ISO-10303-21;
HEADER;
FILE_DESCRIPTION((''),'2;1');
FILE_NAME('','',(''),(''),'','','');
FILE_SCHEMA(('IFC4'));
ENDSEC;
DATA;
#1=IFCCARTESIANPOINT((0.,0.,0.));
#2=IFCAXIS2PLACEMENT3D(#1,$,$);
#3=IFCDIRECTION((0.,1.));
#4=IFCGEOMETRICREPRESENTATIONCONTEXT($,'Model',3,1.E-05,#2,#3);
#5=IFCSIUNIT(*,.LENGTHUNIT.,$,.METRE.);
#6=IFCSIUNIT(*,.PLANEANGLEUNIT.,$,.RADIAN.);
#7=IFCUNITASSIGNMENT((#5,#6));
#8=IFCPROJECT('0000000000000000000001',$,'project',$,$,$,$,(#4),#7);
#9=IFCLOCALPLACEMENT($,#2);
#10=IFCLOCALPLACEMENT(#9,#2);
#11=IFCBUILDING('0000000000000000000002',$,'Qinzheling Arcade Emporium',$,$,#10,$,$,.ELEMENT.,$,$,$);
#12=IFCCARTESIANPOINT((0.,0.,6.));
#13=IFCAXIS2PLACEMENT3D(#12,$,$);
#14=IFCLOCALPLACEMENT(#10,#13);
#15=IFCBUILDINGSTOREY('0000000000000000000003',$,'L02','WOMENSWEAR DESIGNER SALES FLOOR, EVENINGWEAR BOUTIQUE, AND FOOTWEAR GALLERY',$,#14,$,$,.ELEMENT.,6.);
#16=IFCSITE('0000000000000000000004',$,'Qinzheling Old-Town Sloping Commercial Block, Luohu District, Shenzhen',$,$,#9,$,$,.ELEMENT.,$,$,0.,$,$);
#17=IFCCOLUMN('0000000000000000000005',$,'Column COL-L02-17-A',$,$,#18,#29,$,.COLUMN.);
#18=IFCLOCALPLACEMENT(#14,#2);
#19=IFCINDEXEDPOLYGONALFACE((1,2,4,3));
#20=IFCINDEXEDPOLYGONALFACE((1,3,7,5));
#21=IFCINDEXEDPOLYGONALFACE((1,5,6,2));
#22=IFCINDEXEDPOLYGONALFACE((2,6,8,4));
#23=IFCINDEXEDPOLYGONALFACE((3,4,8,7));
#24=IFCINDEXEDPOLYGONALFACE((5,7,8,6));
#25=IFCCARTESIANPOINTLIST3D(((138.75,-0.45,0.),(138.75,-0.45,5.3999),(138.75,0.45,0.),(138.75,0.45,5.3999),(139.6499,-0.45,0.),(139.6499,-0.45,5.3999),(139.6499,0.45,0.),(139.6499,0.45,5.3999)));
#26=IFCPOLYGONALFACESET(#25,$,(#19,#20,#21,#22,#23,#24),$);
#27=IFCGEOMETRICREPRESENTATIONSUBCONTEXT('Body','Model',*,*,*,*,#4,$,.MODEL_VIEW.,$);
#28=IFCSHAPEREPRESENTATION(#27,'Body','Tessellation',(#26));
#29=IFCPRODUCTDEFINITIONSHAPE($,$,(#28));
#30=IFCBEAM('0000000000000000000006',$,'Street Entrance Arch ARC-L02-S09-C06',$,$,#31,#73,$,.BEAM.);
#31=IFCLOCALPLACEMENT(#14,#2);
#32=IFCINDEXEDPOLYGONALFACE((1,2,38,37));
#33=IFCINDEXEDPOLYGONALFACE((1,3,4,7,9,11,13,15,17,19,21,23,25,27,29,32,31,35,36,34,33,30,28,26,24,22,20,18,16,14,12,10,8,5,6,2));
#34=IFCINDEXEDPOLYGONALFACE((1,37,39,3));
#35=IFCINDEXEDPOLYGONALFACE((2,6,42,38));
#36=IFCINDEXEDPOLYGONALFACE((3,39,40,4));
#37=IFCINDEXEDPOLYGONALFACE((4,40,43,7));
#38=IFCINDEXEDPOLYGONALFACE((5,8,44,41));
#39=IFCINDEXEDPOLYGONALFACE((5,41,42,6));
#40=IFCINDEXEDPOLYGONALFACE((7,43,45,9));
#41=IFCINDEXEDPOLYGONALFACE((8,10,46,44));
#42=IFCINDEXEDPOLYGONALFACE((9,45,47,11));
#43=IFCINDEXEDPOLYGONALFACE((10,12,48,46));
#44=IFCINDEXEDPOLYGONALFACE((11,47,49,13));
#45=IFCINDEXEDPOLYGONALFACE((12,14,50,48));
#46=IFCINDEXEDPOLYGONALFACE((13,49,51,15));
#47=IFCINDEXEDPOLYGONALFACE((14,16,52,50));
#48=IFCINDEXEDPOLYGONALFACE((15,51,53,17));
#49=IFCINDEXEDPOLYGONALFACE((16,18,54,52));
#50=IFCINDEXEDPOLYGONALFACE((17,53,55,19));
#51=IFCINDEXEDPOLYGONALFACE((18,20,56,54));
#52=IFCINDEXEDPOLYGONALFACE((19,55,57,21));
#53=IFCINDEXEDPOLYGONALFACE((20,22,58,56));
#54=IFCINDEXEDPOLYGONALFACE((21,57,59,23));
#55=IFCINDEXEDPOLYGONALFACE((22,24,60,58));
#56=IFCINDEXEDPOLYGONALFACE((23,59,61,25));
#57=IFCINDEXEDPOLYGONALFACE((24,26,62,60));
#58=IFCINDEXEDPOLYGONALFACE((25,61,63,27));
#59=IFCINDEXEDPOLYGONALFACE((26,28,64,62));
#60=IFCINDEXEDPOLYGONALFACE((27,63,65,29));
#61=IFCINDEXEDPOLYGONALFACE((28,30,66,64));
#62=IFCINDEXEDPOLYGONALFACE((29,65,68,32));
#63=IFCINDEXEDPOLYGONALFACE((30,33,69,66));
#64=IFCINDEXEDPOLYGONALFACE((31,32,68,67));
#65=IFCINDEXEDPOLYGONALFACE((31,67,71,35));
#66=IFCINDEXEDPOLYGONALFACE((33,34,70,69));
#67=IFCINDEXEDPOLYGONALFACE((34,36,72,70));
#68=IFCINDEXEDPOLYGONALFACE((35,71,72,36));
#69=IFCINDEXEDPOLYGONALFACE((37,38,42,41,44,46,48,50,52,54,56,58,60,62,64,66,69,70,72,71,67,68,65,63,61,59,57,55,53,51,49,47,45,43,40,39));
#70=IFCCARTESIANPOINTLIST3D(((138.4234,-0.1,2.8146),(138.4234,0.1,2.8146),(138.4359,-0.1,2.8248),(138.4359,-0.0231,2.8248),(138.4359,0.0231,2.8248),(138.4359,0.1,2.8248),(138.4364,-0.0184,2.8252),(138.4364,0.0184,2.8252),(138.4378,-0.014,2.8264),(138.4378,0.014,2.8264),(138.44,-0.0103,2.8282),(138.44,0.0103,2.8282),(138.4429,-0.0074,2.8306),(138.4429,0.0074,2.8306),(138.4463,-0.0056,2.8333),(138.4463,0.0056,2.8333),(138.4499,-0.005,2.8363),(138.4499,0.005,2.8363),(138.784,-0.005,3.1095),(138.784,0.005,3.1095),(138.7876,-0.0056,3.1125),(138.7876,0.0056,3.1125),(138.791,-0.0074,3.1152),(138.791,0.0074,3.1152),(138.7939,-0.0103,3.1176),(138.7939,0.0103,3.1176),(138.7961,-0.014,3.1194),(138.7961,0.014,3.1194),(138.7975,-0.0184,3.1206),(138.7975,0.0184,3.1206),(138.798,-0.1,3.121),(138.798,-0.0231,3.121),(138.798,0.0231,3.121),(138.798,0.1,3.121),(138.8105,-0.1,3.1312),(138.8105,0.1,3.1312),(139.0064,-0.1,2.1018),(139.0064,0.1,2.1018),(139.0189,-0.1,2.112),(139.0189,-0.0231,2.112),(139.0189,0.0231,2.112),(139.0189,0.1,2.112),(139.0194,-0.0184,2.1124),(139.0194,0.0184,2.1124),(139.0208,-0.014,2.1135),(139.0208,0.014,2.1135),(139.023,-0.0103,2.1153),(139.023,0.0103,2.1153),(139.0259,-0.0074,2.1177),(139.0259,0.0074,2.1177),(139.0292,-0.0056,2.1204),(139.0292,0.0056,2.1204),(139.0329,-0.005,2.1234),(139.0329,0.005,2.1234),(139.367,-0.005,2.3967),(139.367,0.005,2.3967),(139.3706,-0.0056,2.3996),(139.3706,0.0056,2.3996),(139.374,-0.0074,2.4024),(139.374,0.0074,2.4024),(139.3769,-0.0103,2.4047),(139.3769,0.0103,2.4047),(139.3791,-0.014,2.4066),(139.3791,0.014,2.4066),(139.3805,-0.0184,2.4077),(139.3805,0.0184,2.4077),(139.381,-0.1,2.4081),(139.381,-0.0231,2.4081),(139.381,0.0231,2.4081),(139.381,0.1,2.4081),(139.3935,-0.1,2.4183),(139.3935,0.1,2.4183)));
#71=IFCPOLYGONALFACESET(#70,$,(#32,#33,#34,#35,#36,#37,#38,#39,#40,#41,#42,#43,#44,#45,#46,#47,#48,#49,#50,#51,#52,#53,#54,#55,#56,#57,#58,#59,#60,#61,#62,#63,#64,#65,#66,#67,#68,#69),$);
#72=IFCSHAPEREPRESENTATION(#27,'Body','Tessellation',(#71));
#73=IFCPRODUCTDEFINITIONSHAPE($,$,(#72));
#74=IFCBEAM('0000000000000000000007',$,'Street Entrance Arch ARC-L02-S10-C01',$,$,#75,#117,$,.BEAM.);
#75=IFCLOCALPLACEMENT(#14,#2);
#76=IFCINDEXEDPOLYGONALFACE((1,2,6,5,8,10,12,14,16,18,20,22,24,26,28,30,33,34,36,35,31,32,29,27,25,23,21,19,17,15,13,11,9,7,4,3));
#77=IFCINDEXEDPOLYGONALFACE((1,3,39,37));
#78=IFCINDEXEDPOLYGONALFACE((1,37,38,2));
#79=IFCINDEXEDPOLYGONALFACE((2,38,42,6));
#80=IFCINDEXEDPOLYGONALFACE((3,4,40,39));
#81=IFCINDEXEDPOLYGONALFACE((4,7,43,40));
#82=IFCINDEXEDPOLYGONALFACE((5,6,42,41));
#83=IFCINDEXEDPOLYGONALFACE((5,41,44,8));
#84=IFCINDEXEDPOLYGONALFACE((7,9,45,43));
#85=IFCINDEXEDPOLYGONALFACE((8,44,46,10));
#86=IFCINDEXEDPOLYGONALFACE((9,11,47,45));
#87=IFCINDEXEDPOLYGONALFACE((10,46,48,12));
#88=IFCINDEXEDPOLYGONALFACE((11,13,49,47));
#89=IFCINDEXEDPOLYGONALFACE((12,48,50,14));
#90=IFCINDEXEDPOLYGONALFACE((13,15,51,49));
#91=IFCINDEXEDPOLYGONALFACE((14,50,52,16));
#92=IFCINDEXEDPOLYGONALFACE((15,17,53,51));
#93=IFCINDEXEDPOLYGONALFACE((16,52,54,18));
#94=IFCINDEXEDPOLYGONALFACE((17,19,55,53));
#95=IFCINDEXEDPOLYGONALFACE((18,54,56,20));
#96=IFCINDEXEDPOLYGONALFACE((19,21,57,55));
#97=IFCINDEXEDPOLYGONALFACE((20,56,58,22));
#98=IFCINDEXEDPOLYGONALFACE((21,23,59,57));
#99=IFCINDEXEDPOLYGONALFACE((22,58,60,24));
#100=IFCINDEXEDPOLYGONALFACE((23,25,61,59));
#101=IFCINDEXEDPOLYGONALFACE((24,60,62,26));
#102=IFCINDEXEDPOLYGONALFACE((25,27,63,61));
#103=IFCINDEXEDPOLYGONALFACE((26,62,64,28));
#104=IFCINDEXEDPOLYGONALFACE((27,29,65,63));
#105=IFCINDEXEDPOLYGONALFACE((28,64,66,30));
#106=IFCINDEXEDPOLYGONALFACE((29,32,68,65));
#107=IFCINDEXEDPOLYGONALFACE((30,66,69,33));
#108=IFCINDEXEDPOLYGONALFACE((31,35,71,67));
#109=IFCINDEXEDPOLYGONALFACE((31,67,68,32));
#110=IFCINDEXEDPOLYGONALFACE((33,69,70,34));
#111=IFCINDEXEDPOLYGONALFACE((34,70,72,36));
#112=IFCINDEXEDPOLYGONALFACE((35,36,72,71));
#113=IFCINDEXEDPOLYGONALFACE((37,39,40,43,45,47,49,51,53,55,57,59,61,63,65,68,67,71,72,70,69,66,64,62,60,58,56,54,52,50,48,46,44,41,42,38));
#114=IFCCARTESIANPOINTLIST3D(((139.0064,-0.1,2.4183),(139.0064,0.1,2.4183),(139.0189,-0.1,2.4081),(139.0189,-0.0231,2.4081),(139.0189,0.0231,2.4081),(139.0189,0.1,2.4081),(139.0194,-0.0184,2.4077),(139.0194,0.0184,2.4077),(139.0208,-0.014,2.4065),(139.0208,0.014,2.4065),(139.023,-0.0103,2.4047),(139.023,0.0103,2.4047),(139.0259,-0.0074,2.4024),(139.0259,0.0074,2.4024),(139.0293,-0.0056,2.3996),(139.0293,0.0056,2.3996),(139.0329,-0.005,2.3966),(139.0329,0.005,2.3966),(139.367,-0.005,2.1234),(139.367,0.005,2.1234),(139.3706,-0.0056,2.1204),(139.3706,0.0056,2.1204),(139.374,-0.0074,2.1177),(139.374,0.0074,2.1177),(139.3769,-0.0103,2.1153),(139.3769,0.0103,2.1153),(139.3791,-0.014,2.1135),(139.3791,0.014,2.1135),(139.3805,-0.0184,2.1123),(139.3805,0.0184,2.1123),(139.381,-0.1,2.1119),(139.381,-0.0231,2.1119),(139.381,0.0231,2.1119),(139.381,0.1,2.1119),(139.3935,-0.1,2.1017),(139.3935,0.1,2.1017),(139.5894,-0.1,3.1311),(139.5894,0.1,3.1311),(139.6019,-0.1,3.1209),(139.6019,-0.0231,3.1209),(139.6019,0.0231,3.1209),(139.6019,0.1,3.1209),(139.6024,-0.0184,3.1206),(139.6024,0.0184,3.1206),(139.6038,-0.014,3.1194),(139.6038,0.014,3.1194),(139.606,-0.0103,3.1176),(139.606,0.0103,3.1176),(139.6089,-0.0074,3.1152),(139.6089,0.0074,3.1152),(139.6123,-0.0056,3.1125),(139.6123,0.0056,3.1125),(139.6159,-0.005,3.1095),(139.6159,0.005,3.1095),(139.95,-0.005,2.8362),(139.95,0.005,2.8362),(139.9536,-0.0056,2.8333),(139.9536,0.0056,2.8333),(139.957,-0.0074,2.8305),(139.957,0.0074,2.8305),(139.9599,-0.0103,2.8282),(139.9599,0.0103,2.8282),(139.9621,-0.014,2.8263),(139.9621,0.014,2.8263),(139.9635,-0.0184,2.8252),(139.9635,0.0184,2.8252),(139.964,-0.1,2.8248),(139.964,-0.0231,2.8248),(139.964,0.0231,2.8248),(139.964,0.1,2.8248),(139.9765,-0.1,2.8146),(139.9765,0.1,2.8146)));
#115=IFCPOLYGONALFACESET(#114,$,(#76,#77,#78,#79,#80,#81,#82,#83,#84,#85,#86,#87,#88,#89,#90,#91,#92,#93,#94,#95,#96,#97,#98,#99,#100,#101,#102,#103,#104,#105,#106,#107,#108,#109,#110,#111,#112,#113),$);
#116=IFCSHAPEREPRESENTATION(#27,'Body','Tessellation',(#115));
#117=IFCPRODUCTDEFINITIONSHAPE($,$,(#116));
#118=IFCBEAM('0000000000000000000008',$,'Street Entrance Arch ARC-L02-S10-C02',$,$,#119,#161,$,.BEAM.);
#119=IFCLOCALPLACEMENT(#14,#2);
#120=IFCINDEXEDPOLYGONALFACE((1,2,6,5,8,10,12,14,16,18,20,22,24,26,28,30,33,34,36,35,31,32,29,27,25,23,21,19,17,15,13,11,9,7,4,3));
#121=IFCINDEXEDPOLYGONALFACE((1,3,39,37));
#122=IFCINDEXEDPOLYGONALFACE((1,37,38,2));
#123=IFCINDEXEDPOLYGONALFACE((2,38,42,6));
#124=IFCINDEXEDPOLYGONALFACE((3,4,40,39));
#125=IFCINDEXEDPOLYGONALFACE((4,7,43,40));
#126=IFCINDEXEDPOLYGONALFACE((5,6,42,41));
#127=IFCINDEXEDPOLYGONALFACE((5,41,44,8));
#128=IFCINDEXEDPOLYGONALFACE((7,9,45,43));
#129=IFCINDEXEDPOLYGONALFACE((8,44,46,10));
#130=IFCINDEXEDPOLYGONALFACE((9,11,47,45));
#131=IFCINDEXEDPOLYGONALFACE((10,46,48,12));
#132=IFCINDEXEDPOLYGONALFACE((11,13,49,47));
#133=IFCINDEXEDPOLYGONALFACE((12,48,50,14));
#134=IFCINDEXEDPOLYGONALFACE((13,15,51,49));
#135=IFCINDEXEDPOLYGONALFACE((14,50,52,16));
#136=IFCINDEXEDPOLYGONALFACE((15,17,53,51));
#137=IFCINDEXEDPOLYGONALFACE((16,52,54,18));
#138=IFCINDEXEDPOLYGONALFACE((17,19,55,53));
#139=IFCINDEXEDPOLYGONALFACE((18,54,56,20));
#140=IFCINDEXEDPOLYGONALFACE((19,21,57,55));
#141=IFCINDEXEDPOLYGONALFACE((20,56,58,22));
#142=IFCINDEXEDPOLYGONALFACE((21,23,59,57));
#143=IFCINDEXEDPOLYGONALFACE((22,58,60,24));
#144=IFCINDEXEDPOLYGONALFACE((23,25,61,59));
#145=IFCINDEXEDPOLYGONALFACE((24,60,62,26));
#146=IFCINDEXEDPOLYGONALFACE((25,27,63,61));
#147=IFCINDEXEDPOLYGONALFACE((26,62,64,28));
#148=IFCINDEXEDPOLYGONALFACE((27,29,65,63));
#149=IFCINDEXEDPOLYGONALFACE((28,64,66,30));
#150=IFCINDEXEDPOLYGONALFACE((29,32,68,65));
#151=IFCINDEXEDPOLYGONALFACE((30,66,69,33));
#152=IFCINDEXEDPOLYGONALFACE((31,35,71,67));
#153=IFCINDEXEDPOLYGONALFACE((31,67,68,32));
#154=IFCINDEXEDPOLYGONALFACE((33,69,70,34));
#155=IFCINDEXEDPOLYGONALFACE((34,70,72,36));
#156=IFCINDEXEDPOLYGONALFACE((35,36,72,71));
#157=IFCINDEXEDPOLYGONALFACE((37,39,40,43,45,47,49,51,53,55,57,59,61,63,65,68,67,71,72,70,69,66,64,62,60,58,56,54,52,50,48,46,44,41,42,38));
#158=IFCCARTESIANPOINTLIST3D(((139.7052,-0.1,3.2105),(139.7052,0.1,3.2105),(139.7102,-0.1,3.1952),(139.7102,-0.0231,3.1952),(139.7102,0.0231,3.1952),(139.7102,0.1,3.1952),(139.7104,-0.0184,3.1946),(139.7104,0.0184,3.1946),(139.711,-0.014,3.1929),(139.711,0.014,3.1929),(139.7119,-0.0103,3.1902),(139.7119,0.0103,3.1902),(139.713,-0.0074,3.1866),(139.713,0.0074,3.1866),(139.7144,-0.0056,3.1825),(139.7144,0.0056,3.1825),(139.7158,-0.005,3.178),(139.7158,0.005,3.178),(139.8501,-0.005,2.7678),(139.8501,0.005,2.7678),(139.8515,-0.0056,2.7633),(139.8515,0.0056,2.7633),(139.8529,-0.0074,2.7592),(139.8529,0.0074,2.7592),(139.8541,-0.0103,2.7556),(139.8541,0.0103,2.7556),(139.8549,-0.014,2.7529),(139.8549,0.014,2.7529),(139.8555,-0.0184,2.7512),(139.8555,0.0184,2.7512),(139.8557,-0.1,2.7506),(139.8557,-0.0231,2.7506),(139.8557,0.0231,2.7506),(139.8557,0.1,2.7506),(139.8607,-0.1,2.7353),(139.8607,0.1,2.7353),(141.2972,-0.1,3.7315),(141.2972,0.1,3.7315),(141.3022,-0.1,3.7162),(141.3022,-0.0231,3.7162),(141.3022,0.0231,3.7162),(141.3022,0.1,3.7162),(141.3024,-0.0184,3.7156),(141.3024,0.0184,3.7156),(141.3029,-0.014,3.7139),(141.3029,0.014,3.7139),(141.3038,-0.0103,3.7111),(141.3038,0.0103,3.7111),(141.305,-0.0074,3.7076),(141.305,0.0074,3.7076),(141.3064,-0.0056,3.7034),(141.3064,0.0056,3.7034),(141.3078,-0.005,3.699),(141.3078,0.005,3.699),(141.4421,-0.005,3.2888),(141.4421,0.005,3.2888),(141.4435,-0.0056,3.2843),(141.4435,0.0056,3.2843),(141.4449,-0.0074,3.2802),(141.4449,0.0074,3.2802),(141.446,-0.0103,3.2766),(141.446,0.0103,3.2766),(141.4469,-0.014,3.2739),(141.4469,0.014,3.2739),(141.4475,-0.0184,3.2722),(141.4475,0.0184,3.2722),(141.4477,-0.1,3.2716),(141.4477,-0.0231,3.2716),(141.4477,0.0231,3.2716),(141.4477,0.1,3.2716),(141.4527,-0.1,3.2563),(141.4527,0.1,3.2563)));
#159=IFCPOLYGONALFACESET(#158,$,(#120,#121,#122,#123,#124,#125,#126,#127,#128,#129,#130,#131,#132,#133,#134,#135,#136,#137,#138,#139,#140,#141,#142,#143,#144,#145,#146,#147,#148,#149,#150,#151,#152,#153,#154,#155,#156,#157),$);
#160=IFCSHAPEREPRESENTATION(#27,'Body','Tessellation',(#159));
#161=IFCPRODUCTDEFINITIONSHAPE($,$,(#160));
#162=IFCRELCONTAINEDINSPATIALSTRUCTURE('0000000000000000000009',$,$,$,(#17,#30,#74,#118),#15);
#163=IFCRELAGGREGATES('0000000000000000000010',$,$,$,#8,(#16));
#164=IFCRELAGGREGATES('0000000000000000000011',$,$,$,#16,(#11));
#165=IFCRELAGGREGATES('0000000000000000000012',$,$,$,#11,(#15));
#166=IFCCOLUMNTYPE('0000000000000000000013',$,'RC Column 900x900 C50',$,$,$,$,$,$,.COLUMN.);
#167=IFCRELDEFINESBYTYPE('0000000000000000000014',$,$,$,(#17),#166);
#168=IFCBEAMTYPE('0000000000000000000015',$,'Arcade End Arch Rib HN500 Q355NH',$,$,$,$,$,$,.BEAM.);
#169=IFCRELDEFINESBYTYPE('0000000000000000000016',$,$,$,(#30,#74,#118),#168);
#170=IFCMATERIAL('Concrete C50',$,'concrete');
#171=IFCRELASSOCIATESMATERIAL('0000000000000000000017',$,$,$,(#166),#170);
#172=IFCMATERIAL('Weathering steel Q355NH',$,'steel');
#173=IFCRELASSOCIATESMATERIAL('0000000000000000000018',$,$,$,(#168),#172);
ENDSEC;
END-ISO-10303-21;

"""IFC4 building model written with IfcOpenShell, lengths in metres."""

from ifc_helpers import new_model, si_unit, direction, frame, origin, origin_2d, place, context, subcontext, project, spatial, rectangle, i_section, extrude, material, material_profile, profile_set, type_object, element, save


model = new_model("IFC4")

# Units and contexts
model_context = context("Model", 3, precision=1e-05, world=origin(), true_north=direction((0.0, 1.0)))
body_context = subcontext(model_context, "Body", "Model", "MODEL_VIEW")
ifc_project = project(units=[si_unit("LENGTHUNIT", "METRE"), si_unit("PLANEANGLEUNIT", "RADIAN")], contexts=[model_context])

# Site, building, storey
site_placement = place(None, origin())
site = spatial("IfcSite", under=ifc_project, at=site_placement, Name="Qinzheling Old-Town Sloping Commercial Block, Luohu District, Shenzhen", CompositionType="ELEMENT", RefElevation=0.0)
building_placement = place(site_placement, origin())
building = spatial("IfcBuilding", under=site, at=building_placement, Name="Qinzheling Arcade Emporium", CompositionType="ELEMENT")
storey_placement = place(building_placement, frame((0.0, 0.0, 6.0)))
storey = spatial("IfcBuildingStorey", under=building, at=storey_placement, Name="L02", Description="WOMENSWEAR DESIGNER SALES FLOOR, EVENINGWEAR BOUTIQUE, AND FOOTWEAR GALLERY", CompositionType="ELEMENT", Elevation=6.0)

# Column
ifc_material_1 = material(Name="Concrete C50", Category="concrete")
ifc_material_profile_1 = material_profile(ifc_material_1, rectangle(XDim=0.8999, YDim=0.8999, at=origin_2d()), Name="RC 900x900", Category="concrete")
ifc_profile_set_1 = profile_set([ifc_material_profile_1], Name="Concrete C50")
column_type = type_object("IfcColumnType", Name="RC Column 900x900 C50", PredefinedType="COLUMN", material=ifc_profile_set_1)
column_placement = place(storey_placement, frame((139.2, 0.0, 0.0), z_axis=(0.0, 0.0, 1.0), x_axis=(1.0, 0.0, 0.0)))
element("IfcColumn", 1, at=column_placement, inside=storey, type_object=column_type, Name="Column COL-L02-17-A", PredefinedType="COLUMN", context=body_context, shape_type="SweptSolid", body=[
    extrude(rectangle(XDim=0.8999, YDim=0.8999, at=origin_2d()), origin(), (0.0, 0.0, 1.0), 5.3999),
])

# Beams
ifc_material_2 = material(Name="Weathering steel Q355NH", Category="steel")
ifc_material_profile_2 = material_profile(ifc_material_2, i_section(OverallWidth=0.2, OverallDepth=0.5, WebThickness=0.01, FlangeThickness=0.0161, FilletRadius=0.0181, at=origin_2d()), Name="HN 500x200x10x16", Category="steel")
ifc_profile_set_2 = profile_set([ifc_material_profile_2], Name="Weathering steel Q355NH")
beam_type_1 = type_object("IfcBeamType", Name="Arcade End Arch Rib HN500 Q355NH", PredefinedType="BEAM", material=ifc_profile_set_2)
for number, where, z_axis, x_axis, name in (
    (2, (138.6169, 0.0, 2.9729), (0.633065, 0.0, -0.774099), (0.0, 1.0, 0.0), "Street Entrance Arch ARC-L02-S09-C06"),
    (3, (139.2, 0.0, 2.26), (0.633065, 0.0, 0.774099), (0.0, 1.0, 0.0), "Street Entrance Arch ARC-L02-S10-C01"),
):
    element("IfcBeam", number, at=place(storey_placement, frame(where, z_axis=z_axis, x_axis=x_axis)), inside=storey, type_object=beam_type_1, Name=name, PredefinedType="BEAM", context=body_context, shape_type="SweptSolid", body=[
        extrude(i_section(OverallWidth=0.2, OverallDepth=0.5, WebThickness=0.01, FlangeThickness=0.0161, FilletRadius=0.0181, at=origin_2d()), origin(), (0.0, 0.0, 1.0), 0.9209),
    ])
beam_1_placement = place(storey_placement, frame((139.783, 0.0, 2.9729), z_axis=(0.950403, 0.0, 0.31102), x_axis=(0.0, 1.0, 0.0)))
element("IfcBeam", 4, at=beam_1_placement, inside=storey, type_object=beam_type_1, Name="Street Entrance Arch ARC-L02-S10-C02", PredefinedType="BEAM", context=body_context, shape_type="SweptSolid", body=[
    extrude(i_section(OverallWidth=0.2, OverallDepth=0.5, WebThickness=0.01, FlangeThickness=0.0161, FilletRadius=0.0181, at=origin_2d()), origin(), (0.0, 0.0, 1.0), 1.675),
])

save(model, "model.ifc")
